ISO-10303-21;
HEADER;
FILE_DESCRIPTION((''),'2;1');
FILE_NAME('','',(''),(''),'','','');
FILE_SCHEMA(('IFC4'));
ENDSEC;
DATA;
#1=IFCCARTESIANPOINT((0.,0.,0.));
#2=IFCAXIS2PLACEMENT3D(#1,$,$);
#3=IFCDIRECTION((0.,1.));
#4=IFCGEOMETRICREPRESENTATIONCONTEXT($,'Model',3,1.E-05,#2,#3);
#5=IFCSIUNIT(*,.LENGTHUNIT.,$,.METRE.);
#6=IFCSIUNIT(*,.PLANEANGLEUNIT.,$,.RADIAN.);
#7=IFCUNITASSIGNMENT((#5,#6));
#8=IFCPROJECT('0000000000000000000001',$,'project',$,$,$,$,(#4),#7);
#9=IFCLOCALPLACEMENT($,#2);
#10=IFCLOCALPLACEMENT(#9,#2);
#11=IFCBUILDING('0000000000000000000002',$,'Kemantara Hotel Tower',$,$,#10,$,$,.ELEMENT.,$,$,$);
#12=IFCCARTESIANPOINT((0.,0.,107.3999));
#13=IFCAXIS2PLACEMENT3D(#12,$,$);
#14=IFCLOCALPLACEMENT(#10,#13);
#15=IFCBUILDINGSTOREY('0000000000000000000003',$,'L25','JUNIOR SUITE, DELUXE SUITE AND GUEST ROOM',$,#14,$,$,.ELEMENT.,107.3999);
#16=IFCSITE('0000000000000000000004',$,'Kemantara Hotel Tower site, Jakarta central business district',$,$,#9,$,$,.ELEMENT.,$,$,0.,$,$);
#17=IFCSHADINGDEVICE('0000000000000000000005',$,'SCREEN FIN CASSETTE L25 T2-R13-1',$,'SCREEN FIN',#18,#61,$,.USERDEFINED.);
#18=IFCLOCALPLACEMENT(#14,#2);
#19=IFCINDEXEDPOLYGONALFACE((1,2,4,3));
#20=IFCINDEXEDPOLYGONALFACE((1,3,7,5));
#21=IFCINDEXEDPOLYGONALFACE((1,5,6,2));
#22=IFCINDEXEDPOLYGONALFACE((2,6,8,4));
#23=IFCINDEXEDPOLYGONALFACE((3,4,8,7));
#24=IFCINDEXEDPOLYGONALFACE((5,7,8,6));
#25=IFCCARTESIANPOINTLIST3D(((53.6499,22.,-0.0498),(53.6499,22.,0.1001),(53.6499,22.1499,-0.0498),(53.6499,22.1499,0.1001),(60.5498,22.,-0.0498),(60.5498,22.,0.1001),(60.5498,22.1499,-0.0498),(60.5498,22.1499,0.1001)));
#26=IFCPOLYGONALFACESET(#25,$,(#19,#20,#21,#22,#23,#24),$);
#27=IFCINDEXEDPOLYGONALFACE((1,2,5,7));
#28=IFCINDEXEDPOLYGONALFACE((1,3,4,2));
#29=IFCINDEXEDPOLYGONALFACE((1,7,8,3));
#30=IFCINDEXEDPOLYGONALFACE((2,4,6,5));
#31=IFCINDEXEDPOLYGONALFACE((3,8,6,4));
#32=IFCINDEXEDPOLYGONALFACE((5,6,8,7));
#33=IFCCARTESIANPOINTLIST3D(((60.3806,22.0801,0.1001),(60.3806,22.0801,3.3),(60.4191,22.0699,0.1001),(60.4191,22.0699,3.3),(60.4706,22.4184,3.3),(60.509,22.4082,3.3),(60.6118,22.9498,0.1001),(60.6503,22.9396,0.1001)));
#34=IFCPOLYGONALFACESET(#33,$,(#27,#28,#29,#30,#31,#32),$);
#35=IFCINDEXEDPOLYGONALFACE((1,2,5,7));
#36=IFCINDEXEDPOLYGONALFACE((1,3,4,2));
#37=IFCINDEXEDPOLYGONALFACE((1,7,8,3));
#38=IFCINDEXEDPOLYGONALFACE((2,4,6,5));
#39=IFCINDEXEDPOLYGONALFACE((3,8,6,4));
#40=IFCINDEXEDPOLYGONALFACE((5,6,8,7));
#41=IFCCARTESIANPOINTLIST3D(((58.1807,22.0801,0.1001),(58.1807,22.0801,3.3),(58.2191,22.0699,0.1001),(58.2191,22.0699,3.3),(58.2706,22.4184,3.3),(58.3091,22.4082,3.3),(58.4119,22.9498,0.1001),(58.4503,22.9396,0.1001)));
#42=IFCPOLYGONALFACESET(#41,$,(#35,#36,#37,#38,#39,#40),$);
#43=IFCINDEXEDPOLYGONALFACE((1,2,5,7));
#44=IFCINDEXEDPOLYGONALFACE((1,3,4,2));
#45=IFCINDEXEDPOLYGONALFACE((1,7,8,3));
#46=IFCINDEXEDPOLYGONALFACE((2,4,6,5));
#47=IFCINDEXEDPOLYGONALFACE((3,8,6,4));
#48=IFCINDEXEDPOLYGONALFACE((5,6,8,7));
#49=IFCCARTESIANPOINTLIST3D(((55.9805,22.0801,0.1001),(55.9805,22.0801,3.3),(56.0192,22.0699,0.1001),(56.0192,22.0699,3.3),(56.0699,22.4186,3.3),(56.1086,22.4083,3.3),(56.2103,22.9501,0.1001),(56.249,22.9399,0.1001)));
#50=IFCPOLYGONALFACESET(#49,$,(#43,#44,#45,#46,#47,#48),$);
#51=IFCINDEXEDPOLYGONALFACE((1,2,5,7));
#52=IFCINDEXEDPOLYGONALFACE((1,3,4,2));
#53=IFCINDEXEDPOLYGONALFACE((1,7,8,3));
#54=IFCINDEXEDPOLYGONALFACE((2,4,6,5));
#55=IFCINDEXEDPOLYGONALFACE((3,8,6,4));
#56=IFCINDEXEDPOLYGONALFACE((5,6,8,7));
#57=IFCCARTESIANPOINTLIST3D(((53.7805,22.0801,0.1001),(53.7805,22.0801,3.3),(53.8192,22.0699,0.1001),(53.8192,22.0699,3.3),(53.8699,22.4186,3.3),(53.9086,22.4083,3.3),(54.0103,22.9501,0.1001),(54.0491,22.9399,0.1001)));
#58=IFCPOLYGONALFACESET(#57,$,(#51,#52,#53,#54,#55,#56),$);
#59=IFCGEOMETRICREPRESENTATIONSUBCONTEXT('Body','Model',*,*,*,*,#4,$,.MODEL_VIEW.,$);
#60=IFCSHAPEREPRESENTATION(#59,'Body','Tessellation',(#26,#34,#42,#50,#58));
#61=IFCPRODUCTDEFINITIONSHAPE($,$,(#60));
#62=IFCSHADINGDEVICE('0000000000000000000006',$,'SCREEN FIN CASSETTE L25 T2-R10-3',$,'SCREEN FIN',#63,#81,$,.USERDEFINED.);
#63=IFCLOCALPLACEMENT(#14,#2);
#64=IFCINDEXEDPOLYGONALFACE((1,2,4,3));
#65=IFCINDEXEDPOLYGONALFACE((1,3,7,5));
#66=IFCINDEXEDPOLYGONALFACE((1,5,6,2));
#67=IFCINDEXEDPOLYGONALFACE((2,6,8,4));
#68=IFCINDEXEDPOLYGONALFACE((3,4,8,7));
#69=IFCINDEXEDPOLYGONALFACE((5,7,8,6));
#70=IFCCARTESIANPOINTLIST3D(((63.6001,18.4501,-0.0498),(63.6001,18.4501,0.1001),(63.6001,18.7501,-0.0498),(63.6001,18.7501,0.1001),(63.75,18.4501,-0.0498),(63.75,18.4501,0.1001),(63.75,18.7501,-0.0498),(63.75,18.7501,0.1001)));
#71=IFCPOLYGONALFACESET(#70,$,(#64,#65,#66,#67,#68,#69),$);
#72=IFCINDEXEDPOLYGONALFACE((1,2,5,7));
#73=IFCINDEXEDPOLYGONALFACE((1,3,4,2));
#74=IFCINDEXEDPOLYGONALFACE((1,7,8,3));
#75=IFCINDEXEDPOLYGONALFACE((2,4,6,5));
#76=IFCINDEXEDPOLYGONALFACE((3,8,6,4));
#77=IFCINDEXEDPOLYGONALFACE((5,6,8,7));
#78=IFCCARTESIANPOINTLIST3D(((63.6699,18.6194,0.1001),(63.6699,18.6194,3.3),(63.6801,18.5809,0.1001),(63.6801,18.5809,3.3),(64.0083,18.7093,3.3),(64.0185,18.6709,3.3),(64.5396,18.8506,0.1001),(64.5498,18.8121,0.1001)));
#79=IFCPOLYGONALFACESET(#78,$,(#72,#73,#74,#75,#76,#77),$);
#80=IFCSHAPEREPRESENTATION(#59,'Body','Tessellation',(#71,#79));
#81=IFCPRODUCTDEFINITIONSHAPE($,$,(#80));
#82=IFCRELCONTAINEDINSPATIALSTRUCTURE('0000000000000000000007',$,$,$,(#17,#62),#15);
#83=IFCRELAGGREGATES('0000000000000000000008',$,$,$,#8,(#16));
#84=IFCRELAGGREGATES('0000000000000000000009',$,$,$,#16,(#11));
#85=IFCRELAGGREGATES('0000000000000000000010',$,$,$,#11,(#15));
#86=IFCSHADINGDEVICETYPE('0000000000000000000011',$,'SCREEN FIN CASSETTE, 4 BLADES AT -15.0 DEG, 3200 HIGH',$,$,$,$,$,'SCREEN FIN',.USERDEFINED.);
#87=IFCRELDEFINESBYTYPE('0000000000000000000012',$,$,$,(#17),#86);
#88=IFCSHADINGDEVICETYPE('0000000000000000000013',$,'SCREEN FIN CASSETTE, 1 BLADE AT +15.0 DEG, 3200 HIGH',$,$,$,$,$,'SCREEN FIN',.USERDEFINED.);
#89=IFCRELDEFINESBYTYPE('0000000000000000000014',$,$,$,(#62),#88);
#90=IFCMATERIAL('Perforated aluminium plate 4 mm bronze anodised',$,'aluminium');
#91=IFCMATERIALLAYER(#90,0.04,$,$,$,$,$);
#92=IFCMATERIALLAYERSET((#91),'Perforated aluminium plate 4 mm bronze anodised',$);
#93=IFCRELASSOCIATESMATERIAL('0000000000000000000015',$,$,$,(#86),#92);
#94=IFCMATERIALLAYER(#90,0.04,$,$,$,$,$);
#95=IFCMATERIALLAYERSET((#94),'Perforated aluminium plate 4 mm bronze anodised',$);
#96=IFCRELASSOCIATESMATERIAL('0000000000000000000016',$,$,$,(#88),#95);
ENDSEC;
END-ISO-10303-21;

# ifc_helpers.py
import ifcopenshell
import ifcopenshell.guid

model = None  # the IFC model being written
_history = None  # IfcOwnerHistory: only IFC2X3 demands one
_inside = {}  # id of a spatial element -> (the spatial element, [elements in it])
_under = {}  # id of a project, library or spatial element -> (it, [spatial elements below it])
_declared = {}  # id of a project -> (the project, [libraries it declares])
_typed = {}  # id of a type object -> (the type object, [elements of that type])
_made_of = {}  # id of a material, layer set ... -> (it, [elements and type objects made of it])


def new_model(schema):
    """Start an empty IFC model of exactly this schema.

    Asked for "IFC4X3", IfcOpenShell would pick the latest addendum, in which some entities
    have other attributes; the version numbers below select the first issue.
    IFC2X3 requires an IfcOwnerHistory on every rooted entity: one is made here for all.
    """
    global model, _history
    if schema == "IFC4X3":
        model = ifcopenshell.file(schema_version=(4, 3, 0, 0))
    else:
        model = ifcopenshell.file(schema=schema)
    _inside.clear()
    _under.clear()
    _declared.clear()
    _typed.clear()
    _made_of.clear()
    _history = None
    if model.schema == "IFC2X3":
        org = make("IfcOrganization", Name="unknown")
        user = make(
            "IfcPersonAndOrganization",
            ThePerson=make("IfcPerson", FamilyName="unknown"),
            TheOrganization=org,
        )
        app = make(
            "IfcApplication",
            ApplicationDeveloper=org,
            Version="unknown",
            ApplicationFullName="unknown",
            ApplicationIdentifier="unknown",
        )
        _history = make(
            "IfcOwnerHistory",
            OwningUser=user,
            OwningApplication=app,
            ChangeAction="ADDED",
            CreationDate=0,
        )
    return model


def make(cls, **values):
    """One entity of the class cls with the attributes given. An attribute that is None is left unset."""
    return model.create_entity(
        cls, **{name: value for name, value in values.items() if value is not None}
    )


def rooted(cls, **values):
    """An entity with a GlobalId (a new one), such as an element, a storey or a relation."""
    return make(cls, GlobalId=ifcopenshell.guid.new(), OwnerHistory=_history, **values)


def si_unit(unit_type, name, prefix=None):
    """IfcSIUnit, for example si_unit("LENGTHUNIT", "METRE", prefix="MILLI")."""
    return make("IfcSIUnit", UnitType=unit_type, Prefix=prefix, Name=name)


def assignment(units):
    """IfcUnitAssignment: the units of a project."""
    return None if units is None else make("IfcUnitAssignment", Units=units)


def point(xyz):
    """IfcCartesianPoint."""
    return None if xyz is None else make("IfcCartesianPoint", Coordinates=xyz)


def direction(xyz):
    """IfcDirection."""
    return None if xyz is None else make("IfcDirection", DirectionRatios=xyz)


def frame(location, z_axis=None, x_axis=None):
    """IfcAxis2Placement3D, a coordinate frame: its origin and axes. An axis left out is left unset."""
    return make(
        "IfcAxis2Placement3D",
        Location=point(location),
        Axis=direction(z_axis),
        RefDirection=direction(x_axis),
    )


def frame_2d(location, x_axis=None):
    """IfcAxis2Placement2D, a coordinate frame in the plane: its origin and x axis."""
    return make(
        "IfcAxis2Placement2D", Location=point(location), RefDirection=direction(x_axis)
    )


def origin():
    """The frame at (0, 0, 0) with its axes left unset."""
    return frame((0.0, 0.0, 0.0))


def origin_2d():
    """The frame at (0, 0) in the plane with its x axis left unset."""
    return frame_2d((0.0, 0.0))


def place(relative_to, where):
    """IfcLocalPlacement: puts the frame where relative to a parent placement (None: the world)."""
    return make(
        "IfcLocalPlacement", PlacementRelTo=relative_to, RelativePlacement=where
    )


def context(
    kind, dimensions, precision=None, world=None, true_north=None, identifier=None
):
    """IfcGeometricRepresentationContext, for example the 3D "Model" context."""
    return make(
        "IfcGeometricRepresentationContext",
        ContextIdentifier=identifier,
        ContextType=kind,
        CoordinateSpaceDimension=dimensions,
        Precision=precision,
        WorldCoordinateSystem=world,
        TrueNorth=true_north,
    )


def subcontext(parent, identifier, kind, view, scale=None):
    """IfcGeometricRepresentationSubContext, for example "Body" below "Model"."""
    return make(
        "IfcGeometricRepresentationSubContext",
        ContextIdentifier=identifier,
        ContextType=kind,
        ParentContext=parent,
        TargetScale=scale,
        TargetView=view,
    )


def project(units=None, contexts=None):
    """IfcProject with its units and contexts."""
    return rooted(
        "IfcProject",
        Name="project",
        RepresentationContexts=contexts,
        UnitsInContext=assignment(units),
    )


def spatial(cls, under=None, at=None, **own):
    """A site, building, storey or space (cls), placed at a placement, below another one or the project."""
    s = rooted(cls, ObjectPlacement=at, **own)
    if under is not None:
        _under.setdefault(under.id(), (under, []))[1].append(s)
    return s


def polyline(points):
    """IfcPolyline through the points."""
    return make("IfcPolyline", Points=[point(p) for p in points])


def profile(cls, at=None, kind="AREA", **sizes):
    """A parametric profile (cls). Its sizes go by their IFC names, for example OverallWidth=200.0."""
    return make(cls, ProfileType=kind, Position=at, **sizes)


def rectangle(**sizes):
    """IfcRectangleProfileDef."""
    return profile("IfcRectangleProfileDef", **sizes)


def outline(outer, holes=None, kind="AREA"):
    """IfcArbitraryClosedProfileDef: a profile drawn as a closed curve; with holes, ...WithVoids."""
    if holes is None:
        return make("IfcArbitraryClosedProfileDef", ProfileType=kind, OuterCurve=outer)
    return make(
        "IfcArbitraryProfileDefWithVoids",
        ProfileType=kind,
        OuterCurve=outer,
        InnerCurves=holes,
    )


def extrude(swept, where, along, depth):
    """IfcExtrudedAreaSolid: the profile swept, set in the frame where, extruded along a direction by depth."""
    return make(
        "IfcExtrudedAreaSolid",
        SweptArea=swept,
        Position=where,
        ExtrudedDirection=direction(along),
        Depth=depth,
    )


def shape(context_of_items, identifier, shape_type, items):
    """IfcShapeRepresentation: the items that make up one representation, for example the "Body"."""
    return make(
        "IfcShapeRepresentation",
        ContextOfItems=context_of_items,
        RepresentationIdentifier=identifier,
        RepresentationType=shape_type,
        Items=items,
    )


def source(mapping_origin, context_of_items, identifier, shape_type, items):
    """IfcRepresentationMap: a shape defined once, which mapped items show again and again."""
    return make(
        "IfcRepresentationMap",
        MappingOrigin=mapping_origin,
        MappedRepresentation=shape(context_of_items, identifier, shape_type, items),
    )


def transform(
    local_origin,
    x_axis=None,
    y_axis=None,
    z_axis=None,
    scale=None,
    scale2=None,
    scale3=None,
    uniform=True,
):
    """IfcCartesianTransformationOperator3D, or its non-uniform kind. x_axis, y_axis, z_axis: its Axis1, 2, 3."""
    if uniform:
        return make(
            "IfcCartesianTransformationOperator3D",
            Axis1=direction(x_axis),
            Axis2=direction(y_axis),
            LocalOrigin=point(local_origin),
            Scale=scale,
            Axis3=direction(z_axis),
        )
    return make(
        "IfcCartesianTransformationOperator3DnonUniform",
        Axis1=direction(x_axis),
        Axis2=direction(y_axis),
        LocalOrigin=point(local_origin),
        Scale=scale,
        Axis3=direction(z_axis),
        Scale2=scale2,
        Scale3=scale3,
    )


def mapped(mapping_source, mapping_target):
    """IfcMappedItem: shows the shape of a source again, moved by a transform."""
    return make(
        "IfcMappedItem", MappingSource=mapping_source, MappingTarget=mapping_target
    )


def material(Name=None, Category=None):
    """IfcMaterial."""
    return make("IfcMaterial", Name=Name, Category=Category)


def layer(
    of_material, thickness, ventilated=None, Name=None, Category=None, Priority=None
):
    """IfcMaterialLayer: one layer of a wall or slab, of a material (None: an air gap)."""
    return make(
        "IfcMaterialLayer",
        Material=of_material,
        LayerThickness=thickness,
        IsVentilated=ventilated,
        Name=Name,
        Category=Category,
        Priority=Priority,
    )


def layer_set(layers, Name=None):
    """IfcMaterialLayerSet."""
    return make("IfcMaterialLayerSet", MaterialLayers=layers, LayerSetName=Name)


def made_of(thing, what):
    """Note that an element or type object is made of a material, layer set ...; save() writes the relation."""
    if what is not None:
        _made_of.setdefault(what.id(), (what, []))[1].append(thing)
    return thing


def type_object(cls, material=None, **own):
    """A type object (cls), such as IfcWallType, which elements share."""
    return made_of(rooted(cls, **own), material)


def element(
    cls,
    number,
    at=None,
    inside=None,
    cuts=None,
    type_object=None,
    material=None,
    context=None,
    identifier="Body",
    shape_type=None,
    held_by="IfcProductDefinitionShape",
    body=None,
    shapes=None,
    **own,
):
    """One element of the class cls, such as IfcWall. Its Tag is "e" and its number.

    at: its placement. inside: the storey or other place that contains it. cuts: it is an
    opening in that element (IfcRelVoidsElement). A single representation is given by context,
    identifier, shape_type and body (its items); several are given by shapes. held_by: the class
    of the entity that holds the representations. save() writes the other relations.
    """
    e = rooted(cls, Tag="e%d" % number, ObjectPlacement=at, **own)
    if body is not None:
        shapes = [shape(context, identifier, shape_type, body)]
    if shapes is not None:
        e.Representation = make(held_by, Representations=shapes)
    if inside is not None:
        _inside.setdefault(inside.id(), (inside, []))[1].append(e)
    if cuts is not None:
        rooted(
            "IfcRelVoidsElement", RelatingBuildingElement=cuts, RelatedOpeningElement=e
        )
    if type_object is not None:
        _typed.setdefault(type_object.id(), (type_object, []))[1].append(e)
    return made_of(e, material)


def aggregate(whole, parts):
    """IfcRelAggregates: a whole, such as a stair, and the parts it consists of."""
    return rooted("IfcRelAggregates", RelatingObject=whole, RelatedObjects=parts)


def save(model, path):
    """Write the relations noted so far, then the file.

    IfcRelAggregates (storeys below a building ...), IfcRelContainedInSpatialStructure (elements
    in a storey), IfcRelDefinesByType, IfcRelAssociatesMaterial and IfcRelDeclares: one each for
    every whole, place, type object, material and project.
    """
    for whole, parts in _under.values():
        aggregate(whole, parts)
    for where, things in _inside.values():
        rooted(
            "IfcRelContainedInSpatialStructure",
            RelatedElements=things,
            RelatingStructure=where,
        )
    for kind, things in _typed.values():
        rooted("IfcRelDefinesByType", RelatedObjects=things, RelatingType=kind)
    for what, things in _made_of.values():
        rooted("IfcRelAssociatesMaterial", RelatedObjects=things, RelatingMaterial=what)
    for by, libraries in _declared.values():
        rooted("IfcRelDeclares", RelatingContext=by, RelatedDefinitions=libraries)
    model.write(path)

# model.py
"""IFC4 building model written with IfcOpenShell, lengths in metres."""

from ifc_helpers import new_model, si_unit, direction, frame, origin, origin_2d, place, context, subcontext, project, spatial, polyline, rectangle, outline, extrude, source, transform, mapped, material, layer, layer_set, type_object, element, save


model = new_model("IFC4")

# Units and contexts
model_context = context("Model", 3, precision=1e-05, world=origin(), true_north=direction((0.0, 1.0)))
body_context = subcontext(model_context, "Body", "Model", "MODEL_VIEW")
ifc_project = project(units=[si_unit("LENGTHUNIT", "METRE"), si_unit("PLANEANGLEUNIT", "RADIAN")], contexts=[model_context])

# Site, building, storey
site_placement = place(None, origin())
site = spatial("IfcSite", under=ifc_project, at=site_placement, Name="Kemantara Hotel Tower site, Jakarta central business district", CompositionType="ELEMENT", RefElevation=0.0)
building_placement = place(site_placement, origin())
building = spatial("IfcBuilding", under=site, at=building_placement, Name="Kemantara Hotel Tower", CompositionType="ELEMENT")
storey_placement = place(building_placement, frame((0.0, 0.0, 107.3999)))
storey = spatial("IfcBuildingStorey", under=building, at=storey_placement, Name="L25", Description="JUNIOR SUITE, DELUXE SUITE AND GUEST ROOM", CompositionType="ELEMENT", Elevation=107.3999)

# Shading devices
ifc_material_1 = material(Name="Perforated aluminium plate 4 mm bronze anodised", Category="aluminium")
ifc_layer_1 = layer(ifc_material_1, 0.04)
ifc_layer_set_1 = layer_set([ifc_layer_1], Name="Perforated aluminium plate 4 mm bronze anodised")
shading_device_type_1 = type_object("IfcShadingDeviceType", Name="SCREEN FIN CASSETTE, 4 BLADES AT -15.0 DEG, 3200 HIGH", ElementType="SCREEN FIN", PredefinedType="USERDEFINED", material=ifc_layer_set_1)
shared_shape_1 = source(origin(), body_context, "Body", "SweptSolid", [
    extrude(rectangle(XDim=6.8999, YDim=0.1499, at=origin_2d()), frame((3.3, -0.075, -0.1499), z_axis=(0.0, 0.0, 1.0), x_axis=(1.0, 0.0, 0.0)), (0.0, 0.0, 1.0), 0.1499),
    extrude(outline(polyline([(0.0, 0.0), (0.8999, 0.0), (0.3501, 3.2), (0.0, 3.2), (0.0, 0.0)])), frame((0.0193, -0.0801, 0.0), z_axis=(-0.966438, 0.256901, 0.0), x_axis=(-0.256901, -0.966438, 0.0)), (0.0, 0.0, 1.0), 0.0398),
    extrude(outline(polyline([(0.0, 0.0), (0.8999, 0.0), (0.3501, 3.2), (0.0, 3.2), (0.0, 0.0)])), frame((2.2192, -0.0801, 0.0), z_axis=(-0.966438, 0.256901, 0.0), x_axis=(-0.256901, -0.966438, 0.0)), (0.0, 0.0, 1.0), 0.0398),
    extrude(outline(polyline([(0.0, 0.0), (0.8999, 0.0), (0.3501, 3.2), (0.0, 3.2), (0.0, 0.0)])), frame((4.4194, -0.0801, 0.0), z_axis=(-0.966838, 0.255391, 0.0), x_axis=(-0.255391, -0.966838, 0.0)), (0.0, 0.0, 1.0), 0.04),
    extrude(outline(polyline([(0.0, 0.0), (0.8999, 0.0), (0.3501, 3.2), (0.0, 3.2), (0.0, 0.0)])), frame((6.6194, -0.0801, 0.0), z_axis=(-0.966838, 0.255391, 0.0), x_axis=(-0.255391, -0.966838, 0.0)), (0.0, 0.0, 1.0), 0.04),
])
shading_device_1_placement = place(storey_placement, frame((60.3999, 22.0, 0.1001), z_axis=(0.0, 0.0, 1.0), x_axis=(-1.0, 0.0, 0.0)))
element("IfcShadingDevice", 1, at=shading_device_1_placement, inside=storey, type_object=shading_device_type_1, Name="SCREEN FIN CASSETTE L25 T2-R13-1", ObjectType="SCREEN FIN", PredefinedType="USERDEFINED", context=body_context, shape_type="MappedRepresentation", body=[
    mapped(shared_shape_1, transform((0.0, 0.0, 0.0))),
])
ifc_layer_2 = layer(ifc_material_1, 0.04)
ifc_layer_set_2 = layer_set([ifc_layer_2], Name="Perforated aluminium plate 4 mm bronze anodised")
shading_device_type_2 = type_object("IfcShadingDeviceType", Name="SCREEN FIN CASSETTE, 1 BLADE AT +15.0 DEG, 3200 HIGH", ElementType="SCREEN FIN", PredefinedType="USERDEFINED", material=ifc_layer_set_2)
shared_shape_2 = source(origin(), body_context, "Body", "SweptSolid", [
    extrude(rectangle(XDim=0.3, YDim=0.1499, at=origin_2d()), frame((0.0, -0.075, -0.1499), z_axis=(0.0, 0.0, 1.0), x_axis=(1.0, 0.0, 0.0)), (0.0, 0.0, 1.0), 0.1499),
    extrude(outline(polyline([(0.0, 0.0), (0.8999, 0.0), (0.3501, 3.2), (0.0, 3.2), (0.0, 0.0)])), frame((0.0193, -0.0698, 0.0), z_axis=(-0.966438, -0.256901, 0.0), x_axis=(0.256901, -0.966438, 0.0)), (0.0, 0.0, 1.0), 0.0398),
])
shading_device_2_placement = place(storey_placement, frame((63.6001, 18.6001, 0.1001), z_axis=(0.0, 0.0, 1.0), x_axis=(0.0, 1.0, 0.0)))
element("IfcShadingDevice", 2, at=shading_device_2_placement, inside=storey, type_object=shading_device_type_2, Name="SCREEN FIN CASSETTE L25 T2-R10-3", ObjectType="SCREEN FIN", PredefinedType="USERDEFINED", context=body_context, shape_type="MappedRepresentation", body=[
    mapped(shared_shape_2, transform((0.0, 0.0, 0.0))),
])

save(model, "model.ifc")
